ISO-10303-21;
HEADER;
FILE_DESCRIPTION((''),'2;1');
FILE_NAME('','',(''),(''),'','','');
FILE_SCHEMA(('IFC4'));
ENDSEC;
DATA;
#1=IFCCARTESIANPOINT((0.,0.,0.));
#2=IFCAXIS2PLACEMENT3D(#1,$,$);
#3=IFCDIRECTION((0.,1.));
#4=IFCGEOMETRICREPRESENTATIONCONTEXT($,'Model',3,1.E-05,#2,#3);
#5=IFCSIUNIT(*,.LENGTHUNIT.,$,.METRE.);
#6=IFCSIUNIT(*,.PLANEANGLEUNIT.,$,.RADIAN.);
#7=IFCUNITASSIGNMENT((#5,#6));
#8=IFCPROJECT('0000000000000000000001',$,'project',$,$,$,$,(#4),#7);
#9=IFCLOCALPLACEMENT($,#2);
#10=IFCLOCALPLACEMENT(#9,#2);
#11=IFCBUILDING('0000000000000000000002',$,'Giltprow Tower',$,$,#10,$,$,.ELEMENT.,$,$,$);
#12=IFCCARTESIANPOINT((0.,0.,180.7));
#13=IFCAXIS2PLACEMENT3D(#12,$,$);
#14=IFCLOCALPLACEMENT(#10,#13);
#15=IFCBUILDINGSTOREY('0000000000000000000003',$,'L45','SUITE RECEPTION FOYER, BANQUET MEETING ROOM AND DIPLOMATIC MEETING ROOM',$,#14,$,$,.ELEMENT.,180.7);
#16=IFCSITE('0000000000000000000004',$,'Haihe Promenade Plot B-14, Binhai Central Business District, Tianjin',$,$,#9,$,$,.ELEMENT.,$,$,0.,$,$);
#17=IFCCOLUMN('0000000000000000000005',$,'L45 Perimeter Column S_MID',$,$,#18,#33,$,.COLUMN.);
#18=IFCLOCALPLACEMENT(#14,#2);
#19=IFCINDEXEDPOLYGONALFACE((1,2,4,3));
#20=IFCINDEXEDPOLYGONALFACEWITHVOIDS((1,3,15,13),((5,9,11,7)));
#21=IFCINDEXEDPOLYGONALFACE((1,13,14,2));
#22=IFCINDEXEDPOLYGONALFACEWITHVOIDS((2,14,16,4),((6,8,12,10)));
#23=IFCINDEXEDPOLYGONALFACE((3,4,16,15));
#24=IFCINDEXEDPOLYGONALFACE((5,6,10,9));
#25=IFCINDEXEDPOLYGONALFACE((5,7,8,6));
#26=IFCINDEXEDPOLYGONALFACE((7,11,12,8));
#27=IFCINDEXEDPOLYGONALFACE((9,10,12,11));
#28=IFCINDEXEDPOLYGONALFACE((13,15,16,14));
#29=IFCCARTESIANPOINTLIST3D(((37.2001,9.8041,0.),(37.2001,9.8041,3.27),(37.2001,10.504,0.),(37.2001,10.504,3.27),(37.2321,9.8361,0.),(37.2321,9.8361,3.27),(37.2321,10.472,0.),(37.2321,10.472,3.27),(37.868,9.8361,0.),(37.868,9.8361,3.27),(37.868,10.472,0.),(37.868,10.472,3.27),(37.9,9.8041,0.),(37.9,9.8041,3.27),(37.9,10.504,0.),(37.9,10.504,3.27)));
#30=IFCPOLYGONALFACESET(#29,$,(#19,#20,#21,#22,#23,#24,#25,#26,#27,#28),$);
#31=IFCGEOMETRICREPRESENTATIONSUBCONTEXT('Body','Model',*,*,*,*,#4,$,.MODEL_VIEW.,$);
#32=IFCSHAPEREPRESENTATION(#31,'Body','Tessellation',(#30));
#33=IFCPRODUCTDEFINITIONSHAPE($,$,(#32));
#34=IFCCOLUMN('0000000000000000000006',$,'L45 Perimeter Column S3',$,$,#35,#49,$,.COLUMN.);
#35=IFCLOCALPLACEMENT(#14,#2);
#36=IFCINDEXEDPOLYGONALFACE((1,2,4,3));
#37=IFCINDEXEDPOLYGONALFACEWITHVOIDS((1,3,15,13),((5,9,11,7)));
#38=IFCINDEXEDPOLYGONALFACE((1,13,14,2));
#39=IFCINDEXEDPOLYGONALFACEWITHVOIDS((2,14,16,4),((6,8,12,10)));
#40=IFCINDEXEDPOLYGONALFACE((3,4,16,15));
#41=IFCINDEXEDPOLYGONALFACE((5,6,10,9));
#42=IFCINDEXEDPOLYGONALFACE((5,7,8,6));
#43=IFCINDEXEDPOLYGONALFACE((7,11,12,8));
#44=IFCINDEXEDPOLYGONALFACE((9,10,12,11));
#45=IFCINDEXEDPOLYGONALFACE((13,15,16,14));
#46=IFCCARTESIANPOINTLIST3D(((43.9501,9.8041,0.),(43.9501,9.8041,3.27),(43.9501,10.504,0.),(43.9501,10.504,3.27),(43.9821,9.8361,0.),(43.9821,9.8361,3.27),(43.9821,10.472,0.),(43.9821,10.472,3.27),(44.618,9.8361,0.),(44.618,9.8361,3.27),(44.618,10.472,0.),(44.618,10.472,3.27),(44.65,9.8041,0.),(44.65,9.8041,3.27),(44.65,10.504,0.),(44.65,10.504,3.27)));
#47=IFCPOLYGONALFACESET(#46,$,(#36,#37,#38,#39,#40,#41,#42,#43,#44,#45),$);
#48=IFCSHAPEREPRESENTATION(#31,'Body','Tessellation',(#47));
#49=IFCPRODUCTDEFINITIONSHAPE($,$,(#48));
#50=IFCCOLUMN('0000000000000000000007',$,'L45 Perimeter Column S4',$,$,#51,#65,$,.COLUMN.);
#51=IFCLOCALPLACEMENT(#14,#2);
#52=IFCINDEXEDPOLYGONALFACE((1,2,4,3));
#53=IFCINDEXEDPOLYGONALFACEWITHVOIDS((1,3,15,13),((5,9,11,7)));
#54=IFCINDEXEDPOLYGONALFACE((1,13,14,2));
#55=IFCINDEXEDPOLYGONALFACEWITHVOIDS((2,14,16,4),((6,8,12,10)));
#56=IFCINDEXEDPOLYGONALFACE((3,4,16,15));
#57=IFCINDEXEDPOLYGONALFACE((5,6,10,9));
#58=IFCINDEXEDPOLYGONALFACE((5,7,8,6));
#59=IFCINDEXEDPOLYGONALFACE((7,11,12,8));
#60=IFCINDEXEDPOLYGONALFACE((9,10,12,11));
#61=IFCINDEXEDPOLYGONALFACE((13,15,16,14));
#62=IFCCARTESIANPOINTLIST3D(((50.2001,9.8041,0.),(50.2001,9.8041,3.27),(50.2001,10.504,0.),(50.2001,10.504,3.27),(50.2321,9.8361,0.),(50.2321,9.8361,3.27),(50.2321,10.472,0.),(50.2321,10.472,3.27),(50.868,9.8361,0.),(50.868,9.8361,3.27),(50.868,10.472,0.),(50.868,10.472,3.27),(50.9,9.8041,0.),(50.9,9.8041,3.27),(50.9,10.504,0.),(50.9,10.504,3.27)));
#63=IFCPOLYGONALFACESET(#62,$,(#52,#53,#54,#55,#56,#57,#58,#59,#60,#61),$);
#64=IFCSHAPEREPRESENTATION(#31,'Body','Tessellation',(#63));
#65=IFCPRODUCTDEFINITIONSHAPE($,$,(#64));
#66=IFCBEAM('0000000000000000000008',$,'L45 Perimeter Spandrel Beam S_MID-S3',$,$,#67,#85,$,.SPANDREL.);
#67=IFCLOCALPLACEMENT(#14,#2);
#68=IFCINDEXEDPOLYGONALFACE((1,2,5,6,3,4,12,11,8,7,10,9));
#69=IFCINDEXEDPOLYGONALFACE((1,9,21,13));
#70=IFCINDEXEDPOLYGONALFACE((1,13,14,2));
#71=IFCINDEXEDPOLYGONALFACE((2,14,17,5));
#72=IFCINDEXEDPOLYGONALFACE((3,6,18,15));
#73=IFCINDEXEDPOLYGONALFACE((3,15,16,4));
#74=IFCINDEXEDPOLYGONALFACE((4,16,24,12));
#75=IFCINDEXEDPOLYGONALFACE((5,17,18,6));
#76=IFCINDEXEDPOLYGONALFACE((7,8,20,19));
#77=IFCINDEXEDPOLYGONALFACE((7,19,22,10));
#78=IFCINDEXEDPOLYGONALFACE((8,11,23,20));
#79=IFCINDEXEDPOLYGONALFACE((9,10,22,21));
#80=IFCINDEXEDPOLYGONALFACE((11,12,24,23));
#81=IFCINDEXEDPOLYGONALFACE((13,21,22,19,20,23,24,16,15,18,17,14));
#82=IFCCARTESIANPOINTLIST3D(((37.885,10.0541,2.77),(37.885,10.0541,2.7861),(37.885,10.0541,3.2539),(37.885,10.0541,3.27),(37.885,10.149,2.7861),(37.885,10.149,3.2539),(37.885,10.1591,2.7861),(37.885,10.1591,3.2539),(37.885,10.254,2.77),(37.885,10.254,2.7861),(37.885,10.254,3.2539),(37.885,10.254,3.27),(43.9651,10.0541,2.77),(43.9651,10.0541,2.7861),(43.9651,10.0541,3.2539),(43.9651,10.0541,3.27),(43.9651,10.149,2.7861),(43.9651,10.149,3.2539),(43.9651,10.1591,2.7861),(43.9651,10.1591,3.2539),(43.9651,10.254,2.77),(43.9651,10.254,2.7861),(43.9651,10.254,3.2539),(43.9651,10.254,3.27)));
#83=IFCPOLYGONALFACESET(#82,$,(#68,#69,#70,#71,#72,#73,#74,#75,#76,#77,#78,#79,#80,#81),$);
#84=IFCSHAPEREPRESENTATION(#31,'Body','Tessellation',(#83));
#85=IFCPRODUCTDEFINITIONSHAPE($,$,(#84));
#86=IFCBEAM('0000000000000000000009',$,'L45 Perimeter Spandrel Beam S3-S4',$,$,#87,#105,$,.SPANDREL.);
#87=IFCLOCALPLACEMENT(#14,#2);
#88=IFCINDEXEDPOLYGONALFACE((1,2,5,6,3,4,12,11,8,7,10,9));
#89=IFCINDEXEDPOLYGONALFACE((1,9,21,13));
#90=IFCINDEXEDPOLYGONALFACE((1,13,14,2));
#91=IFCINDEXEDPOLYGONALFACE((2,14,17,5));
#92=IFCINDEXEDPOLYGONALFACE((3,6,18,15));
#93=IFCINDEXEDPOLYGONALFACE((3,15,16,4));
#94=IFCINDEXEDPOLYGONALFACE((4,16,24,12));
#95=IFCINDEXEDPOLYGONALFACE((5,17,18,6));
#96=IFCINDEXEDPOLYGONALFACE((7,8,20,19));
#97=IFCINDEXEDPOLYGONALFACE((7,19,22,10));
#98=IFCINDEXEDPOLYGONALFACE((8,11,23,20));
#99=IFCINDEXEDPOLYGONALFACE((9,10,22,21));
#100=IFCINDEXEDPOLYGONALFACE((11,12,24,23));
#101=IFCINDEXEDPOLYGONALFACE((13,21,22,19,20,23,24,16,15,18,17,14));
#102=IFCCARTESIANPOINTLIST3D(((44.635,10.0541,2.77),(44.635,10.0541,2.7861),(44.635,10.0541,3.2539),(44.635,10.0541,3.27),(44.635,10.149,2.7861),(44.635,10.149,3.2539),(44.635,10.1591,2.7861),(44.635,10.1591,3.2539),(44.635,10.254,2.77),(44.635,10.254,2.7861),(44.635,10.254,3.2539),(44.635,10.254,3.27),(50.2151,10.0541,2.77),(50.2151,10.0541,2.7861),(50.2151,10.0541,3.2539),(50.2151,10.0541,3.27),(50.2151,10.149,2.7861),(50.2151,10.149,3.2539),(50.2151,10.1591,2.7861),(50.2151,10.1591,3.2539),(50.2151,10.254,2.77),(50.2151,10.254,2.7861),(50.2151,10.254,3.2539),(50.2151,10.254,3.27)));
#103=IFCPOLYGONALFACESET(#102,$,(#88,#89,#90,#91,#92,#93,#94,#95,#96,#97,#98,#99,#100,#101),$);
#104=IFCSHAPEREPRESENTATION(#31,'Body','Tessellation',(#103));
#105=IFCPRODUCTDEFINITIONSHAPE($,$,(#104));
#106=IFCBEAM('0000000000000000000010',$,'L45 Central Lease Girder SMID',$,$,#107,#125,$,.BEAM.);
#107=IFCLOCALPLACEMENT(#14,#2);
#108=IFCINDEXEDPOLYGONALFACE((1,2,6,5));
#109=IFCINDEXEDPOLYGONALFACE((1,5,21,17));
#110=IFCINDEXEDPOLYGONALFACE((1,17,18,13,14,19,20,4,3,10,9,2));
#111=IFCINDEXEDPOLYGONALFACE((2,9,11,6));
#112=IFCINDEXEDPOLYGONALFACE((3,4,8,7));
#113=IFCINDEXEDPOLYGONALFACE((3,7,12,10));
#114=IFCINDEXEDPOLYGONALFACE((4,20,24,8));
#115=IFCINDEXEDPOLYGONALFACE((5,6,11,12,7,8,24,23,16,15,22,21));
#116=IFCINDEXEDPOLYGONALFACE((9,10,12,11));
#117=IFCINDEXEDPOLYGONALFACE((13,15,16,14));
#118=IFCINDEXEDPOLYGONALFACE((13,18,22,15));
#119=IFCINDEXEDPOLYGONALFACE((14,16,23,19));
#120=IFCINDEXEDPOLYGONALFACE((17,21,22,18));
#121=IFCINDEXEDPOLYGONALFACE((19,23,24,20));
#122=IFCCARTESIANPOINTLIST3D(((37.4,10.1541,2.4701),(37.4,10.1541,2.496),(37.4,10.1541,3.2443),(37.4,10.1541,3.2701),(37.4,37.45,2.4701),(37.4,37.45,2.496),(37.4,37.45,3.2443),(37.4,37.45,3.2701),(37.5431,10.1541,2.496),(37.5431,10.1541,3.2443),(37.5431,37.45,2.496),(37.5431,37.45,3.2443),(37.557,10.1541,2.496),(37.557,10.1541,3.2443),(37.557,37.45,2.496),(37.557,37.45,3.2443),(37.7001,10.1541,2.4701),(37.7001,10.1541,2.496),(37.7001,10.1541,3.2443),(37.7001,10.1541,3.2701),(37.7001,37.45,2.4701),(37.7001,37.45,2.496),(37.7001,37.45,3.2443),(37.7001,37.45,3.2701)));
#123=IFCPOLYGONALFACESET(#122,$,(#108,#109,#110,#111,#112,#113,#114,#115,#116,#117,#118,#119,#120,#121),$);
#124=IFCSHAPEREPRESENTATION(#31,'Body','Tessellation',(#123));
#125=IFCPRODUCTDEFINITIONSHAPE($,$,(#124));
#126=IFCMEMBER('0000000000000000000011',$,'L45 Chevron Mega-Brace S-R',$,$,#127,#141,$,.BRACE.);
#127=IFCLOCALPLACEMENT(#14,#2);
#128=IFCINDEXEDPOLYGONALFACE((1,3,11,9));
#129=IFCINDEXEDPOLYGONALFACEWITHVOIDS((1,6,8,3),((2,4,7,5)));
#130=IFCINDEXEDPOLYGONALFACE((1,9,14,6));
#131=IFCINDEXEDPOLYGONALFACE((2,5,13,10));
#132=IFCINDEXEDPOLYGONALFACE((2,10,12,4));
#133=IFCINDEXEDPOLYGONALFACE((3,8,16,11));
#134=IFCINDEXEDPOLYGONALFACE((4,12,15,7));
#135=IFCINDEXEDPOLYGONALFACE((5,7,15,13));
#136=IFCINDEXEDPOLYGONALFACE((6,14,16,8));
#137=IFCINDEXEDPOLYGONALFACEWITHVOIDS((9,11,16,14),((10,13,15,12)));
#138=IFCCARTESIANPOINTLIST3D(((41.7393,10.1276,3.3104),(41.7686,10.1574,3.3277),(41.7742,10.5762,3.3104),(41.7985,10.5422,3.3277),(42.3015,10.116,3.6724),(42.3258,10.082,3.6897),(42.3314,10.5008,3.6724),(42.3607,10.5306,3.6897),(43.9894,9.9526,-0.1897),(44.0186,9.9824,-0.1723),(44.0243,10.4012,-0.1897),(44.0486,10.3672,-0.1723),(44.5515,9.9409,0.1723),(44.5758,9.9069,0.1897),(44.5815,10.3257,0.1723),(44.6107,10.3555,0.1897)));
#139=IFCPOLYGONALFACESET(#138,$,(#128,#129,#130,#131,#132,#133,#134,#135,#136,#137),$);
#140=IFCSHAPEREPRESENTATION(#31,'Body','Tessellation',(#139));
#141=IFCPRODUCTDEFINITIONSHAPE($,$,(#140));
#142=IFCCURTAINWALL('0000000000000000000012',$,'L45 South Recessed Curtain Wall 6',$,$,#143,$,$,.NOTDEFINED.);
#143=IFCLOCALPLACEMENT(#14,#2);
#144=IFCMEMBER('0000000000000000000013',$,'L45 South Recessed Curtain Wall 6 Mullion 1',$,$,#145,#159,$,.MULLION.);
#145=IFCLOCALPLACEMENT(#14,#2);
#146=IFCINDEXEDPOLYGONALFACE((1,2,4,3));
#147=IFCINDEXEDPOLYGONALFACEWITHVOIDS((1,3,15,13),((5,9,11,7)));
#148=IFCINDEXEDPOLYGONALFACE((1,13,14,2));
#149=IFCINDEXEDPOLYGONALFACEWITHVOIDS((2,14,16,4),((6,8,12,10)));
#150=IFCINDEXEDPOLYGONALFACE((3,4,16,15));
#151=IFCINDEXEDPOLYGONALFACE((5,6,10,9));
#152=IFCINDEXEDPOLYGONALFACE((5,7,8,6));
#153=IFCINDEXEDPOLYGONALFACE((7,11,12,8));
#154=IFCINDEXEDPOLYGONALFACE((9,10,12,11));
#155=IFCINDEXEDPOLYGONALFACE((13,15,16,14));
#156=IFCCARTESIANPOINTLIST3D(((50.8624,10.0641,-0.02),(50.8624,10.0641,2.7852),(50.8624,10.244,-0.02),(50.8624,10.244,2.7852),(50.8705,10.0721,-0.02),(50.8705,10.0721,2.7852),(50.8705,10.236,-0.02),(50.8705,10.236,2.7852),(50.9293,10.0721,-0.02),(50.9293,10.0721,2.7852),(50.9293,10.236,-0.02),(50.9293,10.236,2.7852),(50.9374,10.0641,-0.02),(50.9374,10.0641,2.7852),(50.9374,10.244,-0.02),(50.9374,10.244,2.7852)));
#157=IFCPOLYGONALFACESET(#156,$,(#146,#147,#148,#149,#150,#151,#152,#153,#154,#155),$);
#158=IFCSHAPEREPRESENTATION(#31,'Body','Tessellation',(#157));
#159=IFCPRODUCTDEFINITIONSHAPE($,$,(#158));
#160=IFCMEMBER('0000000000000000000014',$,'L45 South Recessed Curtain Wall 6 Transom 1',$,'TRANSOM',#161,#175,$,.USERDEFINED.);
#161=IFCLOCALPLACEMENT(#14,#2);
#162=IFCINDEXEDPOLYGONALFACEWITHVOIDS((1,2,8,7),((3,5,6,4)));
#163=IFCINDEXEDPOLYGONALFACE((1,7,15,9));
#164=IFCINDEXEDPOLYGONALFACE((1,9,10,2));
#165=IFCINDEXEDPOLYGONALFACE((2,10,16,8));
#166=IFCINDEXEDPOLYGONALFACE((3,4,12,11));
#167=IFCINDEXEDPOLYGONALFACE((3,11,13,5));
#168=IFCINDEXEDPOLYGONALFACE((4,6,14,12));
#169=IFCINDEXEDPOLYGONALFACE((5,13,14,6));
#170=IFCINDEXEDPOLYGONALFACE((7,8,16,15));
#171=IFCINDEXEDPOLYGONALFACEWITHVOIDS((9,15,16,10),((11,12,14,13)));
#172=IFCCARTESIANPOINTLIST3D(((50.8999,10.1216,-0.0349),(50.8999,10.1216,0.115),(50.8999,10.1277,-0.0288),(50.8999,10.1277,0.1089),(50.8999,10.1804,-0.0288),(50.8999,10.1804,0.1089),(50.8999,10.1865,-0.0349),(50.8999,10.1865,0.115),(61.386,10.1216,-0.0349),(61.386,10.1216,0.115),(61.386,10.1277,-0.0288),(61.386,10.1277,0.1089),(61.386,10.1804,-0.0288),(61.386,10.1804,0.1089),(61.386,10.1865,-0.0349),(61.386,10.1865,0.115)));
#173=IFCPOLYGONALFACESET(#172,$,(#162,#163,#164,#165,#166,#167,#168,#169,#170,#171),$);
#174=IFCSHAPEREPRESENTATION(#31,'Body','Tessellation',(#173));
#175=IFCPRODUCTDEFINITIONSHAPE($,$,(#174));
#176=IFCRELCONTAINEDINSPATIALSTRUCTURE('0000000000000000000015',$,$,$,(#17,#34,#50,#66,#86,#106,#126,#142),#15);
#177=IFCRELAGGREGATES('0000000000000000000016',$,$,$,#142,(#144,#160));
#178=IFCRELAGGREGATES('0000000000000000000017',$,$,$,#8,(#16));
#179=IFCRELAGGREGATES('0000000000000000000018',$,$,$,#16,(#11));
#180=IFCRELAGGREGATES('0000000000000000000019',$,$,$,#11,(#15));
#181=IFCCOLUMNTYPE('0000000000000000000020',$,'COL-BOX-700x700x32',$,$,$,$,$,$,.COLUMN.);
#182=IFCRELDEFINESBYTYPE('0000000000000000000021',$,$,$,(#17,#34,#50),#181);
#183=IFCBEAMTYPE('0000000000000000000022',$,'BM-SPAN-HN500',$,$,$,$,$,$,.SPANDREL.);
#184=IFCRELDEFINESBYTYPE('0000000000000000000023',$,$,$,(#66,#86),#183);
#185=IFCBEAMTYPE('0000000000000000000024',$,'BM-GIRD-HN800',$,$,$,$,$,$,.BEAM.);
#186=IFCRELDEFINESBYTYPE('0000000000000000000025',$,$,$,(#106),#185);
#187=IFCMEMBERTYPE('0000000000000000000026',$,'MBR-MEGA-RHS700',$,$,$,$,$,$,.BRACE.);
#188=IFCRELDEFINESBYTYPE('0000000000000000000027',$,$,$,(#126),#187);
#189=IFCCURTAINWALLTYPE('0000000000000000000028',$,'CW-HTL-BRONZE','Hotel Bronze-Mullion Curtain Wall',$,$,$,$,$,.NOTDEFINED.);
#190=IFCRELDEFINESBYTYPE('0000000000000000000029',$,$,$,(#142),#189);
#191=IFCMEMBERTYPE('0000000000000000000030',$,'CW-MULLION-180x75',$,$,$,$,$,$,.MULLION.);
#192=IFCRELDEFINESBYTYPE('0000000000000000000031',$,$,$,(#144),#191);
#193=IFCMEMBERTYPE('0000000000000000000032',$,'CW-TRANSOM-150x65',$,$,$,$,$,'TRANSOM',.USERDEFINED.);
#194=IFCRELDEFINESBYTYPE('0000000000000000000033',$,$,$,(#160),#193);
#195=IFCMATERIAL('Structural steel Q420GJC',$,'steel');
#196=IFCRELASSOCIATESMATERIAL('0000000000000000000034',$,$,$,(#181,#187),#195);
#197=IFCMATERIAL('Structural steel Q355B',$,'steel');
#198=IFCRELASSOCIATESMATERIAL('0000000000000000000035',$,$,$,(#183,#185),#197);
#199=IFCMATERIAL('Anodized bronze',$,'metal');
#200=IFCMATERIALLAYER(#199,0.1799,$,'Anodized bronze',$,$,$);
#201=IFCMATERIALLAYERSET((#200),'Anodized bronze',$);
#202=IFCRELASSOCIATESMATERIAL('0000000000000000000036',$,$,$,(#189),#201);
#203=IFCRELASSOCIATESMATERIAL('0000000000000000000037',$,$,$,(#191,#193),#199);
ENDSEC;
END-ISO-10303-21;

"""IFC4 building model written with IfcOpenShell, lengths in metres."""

from ifc_helpers import new_model, si_unit, direction, frame, origin, origin_2d, place, context, subcontext, project, spatial, hollow_rectangle, i_section, extrude, source, transform, mapped, material, layer, layer_set, material_profile, profile_set, type_object, element, aggregate, save


model = new_model("IFC4")

# Units and contexts
model_context = context("Model", 3, precision=1e-05, world=origin(), true_north=direction((0.0, 1.0)))
body_context = subcontext(model_context, "Body", "Model", "MODEL_VIEW")
ifc_project = project(units=[si_unit("LENGTHUNIT", "METRE"), si_unit("PLANEANGLEUNIT", "RADIAN")], contexts=[model_context])

# Site, building, storey
site_placement = place(None, origin())
site = spatial("IfcSite", under=ifc_project, at=site_placement, Name="Haihe Promenade Plot B-14, Binhai Central Business District, Tianjin", CompositionType="ELEMENT", RefElevation=0.0)
building_placement = place(site_placement, origin())
building = spatial("IfcBuilding", under=site, at=building_placement, Name="Giltprow Tower", CompositionType="ELEMENT")
storey_placement = place(building_placement, frame((0.0, 0.0, 180.7)))
storey = spatial("IfcBuildingStorey", under=building, at=storey_placement, Name="L45", Description="SUITE RECEPTION FOYER, BANQUET MEETING ROOM AND DIPLOMATIC MEETING ROOM", CompositionType="ELEMENT", Elevation=180.7)

# Columns
ifc_material_1 = material(Name="Structural steel Q420GJC", Category="steel")
ifc_material_profile_1 = material_profile(ifc_material_1, hollow_rectangle(XDim=0.7, YDim=0.7, WallThickness=0.032, at=origin_2d()), Name="BOX 700x700x32")
ifc_profile_set_1 = profile_set([ifc_material_profile_1], Name="Structural steel Q420GJC")
column_type = type_object("IfcColumnType", Name="COL-BOX-700x700x32", PredefinedType="COLUMN", material=ifc_profile_set_1)
shared_shape_1 = source(origin(), body_context, "Body", "SweptSolid", [
    extrude(hollow_rectangle(XDim=0.7, YDim=0.7, WallThickness=0.032, at=origin_2d()), origin(), (0.0, 0.0, 1.0), 3.27),
])
for number, where, z_axis, x_axis, name in (
    (1, (37.55, 10.1541, 0.0), (0.0, 0.0, 1.0), (1.0, 0.0, 0.0), "L45 Perimeter Column S_MID"),
    (2, (44.3, 10.1541, 0.0), (0.0, 0.0, 1.0), (1.0, 0.0, 0.0), "L45 Perimeter Column S3"),
    (3, (50.55, 10.1541, 0.0), (0.0, 0.0, 1.0), (1.0, 0.0, 0.0), "L45 Perimeter Column S4"),
):
    element("IfcColumn", number, at=place(storey_placement, frame(where, z_axis=z_axis, x_axis=x_axis)), inside=storey, type_object=column_type, Name=name, PredefinedType="COLUMN", context=body_context, shape_type="MappedRepresentation", body=[
        mapped(shared_shape_1, transform((0.0, 0.0, 0.0), x_axis=(1.0, 0.0, 0.0), y_axis=(0.0, 1.0, 0.0), z_axis=(0.0, 0.0, 1.0), scale=1.0)),
    ])

# Beams
ifc_material_2 = material(Name="Structural steel Q355B", Category="steel")
ifc_material_profile_2 = material_profile(ifc_material_2, i_section(OverallWidth=0.2, OverallDepth=0.5, WebThickness=0.01, FlangeThickness=0.0161, at=origin_2d()), Name="HN 500x200x10x16")
ifc_profile_set_2 = profile_set([ifc_material_profile_2], Name="Structural steel Q355B")
beam_type_1 = type_object("IfcBeamType", Name="BM-SPAN-HN500", PredefinedType="SPANDREL", material=ifc_profile_set_2)
shared_shape_2 = source(origin(), body_context, "Body", "SweptSolid", [
    extrude(i_section(OverallWidth=0.2, OverallDepth=0.5, WebThickness=0.01, FlangeThickness=0.0161, at=origin_2d()), origin(), (0.0, 0.0, 1.0), 6.0801),
])
beam_1_placement = place(storey_placement, frame((37.885, 10.1541, 3.02), z_axis=(1.0, 0.0, 0.0), x_axis=(0.0, 1.0, 0.0)))
element("IfcBeam", 4, at=beam_1_placement, inside=storey, type_object=beam_type_1, Name="L45 Perimeter Spandrel Beam S_MID-S3", PredefinedType="SPANDREL", context=body_context, shape_type="MappedRepresentation", body=[
    mapped(shared_shape_2, transform((0.0, 0.0, 0.0), x_axis=(1.0, 0.0, 0.0), y_axis=(0.0, 1.0, 0.0), z_axis=(0.0, 0.0, 1.0), scale=1.0)),
])
shared_shape_3 = source(origin(), body_context, "Body", "SweptSolid", [
    extrude(i_section(OverallWidth=0.2, OverallDepth=0.5, WebThickness=0.01, FlangeThickness=0.0161, at=origin_2d()), origin(), (0.0, 0.0, 1.0), 5.5801),
])
beam_2_placement = place(storey_placement, frame((44.635, 10.1541, 3.02), z_axis=(1.0, 0.0, 0.0), x_axis=(0.0, 1.0, 0.0)))
element("IfcBeam", 5, at=beam_2_placement, inside=storey, type_object=beam_type_1, Name="L45 Perimeter Spandrel Beam S3-S4", PredefinedType="SPANDREL", context=body_context, shape_type="MappedRepresentation", body=[
    mapped(shared_shape_3, transform((0.0, 0.0, 0.0), x_axis=(1.0, 0.0, 0.0), y_axis=(0.0, 1.0, 0.0), z_axis=(0.0, 0.0, 1.0), scale=1.0)),
])
ifc_material_profile_3 = material_profile(ifc_material_2, i_section(OverallWidth=0.3, OverallDepth=0.8, WebThickness=0.0139, FlangeThickness=0.0259, at=origin_2d()), Name="HN 800x300x14x26")
ifc_profile_set_3 = profile_set([ifc_material_profile_3], Name="Structural steel Q355B")
beam_type_2 = type_object("IfcBeamType", Name="BM-GIRD-HN800", PredefinedType="BEAM", material=ifc_profile_set_3)
shared_shape_4 = source(origin(), body_context, "Body", "SweptSolid", [
    extrude(i_section(OverallWidth=0.3, OverallDepth=0.8, WebThickness=0.0139, FlangeThickness=0.0259, at=origin_2d()), origin(), (0.0, 0.0, 1.0), 27.2959),
])
beam_3_placement = place(storey_placement, frame((37.55, 10.1541, 2.8701), z_axis=(0.0, 1.0, 0.0), x_axis=(-1.0, 0.0, 0.0)))
element("IfcBeam", 6, at=beam_3_placement, inside=storey, type_object=beam_type_2, Name="L45 Central Lease Girder SMID", PredefinedType="BEAM", context=body_context, shape_type="MappedRepresentation", body=[
    mapped(shared_shape_4, transform((0.0, 0.0, 0.0), x_axis=(1.0, 0.0, 0.0), y_axis=(0.0, 1.0, 0.0), z_axis=(0.0, 0.0, 1.0), scale=1.0)),
])

# Member
ifc_material_profile_4 = material_profile(ifc_material_1, hollow_rectangle(XDim=0.45, YDim=0.7, WallThickness=0.032, at=origin_2d()), Name="RHS 700x450x32")
ifc_profile_set_4 = profile_set([ifc_material_profile_4], Name="Structural steel Q420GJC")
member_type_1 = type_object("IfcMemberType", Name="MBR-MEGA-RHS700", PredefinedType="BRACE", material=ifc_profile_set_4)
shared_shape_5 = source(origin(), body_context, "Body", "SweptSolid", [
    extrude(hollow_rectangle(XDim=0.45, YDim=0.7, WallThickness=0.032, at=origin_2d()), origin(), (0.0, 0.0, 1.0), 4.1646),
])
member_1_placement = place(storey_placement, frame((44.3, 10.1541, 0.0), z_axis=(-0.54028, 0.042033, 0.840435), x_axis=(-0.077565, -0.996987, 0.0)))
element("IfcMember", 7, at=member_1_placement, inside=storey, type_object=member_type_1, Name="L45 Chevron Mega-Brace S-R", PredefinedType="BRACE", context=body_context, shape_type="MappedRepresentation", body=[
    mapped(shared_shape_5, transform((0.0, 0.0, 0.0), x_axis=(1.0, 0.0, 0.0), y_axis=(0.0, 1.0, 0.0), z_axis=(0.0, 0.0, 1.0), scale=1.0)),
])

# Curtain wall, members
ifc_material_3 = material(Name="Anodized bronze", Category="metal")
ifc_layer_1 = layer(ifc_material_3, 0.1799, Name="Anodized bronze")
ifc_layer_set_1 = layer_set([ifc_layer_1], Name="Anodized bronze")
curtain_wall_type = type_object("IfcCurtainWallType", Name="CW-HTL-BRONZE", Description="Hotel Bronze-Mullion Curtain Wall", PredefinedType="NOTDEFINED", material=ifc_layer_set_1)
curtain_wall_placement = place(storey_placement, origin())
curtain_wall = element("IfcCurtainWall", 8, at=curtain_wall_placement, inside=storey, type_object=curtain_wall_type, Name="L45 South Recessed Curtain Wall 6", PredefinedType="NOTDEFINED")
ifc_material_profile_5 = material_profile(ifc_material_3, hollow_rectangle(XDim=0.075, YDim=0.1799, WallThickness=0.0081, at=origin_2d()), Name="RHS 180x75x8")
ifc_profile_set_5 = profile_set([ifc_material_profile_5], Name="Anodized bronze")
member_type_2 = type_object("IfcMemberType", Name="CW-MULLION-180x75", PredefinedType="MULLION", material=ifc_profile_set_5)
shared_shape_6 = source(origin(), body_context, "Body", "SweptSolid", [
    extrude(hollow_rectangle(XDim=0.075, YDim=0.1799, WallThickness=0.0081, at=origin_2d()), origin(), (0.0, 0.0, 1.0), 2.8052),
])
member_2_placement = place(storey_placement, frame((50.8999, 10.1541, -0.02), z_axis=(0.0, 0.0, 1.0), x_axis=(1.0, 0.0, 0.0)))
member_2 = element("IfcMember", 9, at=member_2_placement, type_object=member_type_2, Name="L45 South Recessed Curtain Wall 6 Mullion 1", PredefinedType="MULLION", context=body_context, shape_type="MappedRepresentation", body=[
    mapped(shared_shape_6, transform((0.0, 0.0, 0.0), x_axis=(1.0, 0.0, 0.0), y_axis=(0.0, 1.0, 0.0), z_axis=(0.0, 0.0, 1.0), scale=1.0)),
])
ifc_material_profile_6 = material_profile(ifc_material_3, hollow_rectangle(XDim=0.0649, YDim=0.1499, WallThickness=0.0061, at=origin_2d()), Name="RHS 150x65x6")
ifc_profile_set_6 = profile_set([ifc_material_profile_6], Name="Anodized bronze")
member_type_3 = type_object("IfcMemberType", Name="CW-TRANSOM-150x65", ElementType="TRANSOM", PredefinedType="USERDEFINED", material=ifc_profile_set_6)
shared_shape_7 = source(origin(), body_context, "Body", "SweptSolid", [
    extrude(hollow_rectangle(XDim=0.0649, YDim=0.1499, WallThickness=0.0061, at=origin_2d()), origin(), (0.0, 0.0, 1.0), 10.4861),
])
member_3_placement = place(storey_placement, frame((50.8999, 10.1541, 0.04), z_axis=(1.0, 0.0, 0.0), x_axis=(0.0, 1.0, 0.0)))
member_3 = element("IfcMember", 10, at=member_3_placement, type_object=member_type_3, Name="L45 South Recessed Curtain Wall 6 Transom 1", ObjectType="TRANSOM", PredefinedType="USERDEFINED", context=body_context, shape_type="MappedRepresentation", body=[
    mapped(shared_shape_7, transform((0.0, 0.0, 0.0), x_axis=(1.0, 0.0, 0.0), y_axis=(0.0, 1.0, 0.0), z_axis=(0.0, 0.0, 1.0), scale=1.0)),
])
aggregate(curtain_wall, [member_2, member_3])

save(model, "model.ifc")
